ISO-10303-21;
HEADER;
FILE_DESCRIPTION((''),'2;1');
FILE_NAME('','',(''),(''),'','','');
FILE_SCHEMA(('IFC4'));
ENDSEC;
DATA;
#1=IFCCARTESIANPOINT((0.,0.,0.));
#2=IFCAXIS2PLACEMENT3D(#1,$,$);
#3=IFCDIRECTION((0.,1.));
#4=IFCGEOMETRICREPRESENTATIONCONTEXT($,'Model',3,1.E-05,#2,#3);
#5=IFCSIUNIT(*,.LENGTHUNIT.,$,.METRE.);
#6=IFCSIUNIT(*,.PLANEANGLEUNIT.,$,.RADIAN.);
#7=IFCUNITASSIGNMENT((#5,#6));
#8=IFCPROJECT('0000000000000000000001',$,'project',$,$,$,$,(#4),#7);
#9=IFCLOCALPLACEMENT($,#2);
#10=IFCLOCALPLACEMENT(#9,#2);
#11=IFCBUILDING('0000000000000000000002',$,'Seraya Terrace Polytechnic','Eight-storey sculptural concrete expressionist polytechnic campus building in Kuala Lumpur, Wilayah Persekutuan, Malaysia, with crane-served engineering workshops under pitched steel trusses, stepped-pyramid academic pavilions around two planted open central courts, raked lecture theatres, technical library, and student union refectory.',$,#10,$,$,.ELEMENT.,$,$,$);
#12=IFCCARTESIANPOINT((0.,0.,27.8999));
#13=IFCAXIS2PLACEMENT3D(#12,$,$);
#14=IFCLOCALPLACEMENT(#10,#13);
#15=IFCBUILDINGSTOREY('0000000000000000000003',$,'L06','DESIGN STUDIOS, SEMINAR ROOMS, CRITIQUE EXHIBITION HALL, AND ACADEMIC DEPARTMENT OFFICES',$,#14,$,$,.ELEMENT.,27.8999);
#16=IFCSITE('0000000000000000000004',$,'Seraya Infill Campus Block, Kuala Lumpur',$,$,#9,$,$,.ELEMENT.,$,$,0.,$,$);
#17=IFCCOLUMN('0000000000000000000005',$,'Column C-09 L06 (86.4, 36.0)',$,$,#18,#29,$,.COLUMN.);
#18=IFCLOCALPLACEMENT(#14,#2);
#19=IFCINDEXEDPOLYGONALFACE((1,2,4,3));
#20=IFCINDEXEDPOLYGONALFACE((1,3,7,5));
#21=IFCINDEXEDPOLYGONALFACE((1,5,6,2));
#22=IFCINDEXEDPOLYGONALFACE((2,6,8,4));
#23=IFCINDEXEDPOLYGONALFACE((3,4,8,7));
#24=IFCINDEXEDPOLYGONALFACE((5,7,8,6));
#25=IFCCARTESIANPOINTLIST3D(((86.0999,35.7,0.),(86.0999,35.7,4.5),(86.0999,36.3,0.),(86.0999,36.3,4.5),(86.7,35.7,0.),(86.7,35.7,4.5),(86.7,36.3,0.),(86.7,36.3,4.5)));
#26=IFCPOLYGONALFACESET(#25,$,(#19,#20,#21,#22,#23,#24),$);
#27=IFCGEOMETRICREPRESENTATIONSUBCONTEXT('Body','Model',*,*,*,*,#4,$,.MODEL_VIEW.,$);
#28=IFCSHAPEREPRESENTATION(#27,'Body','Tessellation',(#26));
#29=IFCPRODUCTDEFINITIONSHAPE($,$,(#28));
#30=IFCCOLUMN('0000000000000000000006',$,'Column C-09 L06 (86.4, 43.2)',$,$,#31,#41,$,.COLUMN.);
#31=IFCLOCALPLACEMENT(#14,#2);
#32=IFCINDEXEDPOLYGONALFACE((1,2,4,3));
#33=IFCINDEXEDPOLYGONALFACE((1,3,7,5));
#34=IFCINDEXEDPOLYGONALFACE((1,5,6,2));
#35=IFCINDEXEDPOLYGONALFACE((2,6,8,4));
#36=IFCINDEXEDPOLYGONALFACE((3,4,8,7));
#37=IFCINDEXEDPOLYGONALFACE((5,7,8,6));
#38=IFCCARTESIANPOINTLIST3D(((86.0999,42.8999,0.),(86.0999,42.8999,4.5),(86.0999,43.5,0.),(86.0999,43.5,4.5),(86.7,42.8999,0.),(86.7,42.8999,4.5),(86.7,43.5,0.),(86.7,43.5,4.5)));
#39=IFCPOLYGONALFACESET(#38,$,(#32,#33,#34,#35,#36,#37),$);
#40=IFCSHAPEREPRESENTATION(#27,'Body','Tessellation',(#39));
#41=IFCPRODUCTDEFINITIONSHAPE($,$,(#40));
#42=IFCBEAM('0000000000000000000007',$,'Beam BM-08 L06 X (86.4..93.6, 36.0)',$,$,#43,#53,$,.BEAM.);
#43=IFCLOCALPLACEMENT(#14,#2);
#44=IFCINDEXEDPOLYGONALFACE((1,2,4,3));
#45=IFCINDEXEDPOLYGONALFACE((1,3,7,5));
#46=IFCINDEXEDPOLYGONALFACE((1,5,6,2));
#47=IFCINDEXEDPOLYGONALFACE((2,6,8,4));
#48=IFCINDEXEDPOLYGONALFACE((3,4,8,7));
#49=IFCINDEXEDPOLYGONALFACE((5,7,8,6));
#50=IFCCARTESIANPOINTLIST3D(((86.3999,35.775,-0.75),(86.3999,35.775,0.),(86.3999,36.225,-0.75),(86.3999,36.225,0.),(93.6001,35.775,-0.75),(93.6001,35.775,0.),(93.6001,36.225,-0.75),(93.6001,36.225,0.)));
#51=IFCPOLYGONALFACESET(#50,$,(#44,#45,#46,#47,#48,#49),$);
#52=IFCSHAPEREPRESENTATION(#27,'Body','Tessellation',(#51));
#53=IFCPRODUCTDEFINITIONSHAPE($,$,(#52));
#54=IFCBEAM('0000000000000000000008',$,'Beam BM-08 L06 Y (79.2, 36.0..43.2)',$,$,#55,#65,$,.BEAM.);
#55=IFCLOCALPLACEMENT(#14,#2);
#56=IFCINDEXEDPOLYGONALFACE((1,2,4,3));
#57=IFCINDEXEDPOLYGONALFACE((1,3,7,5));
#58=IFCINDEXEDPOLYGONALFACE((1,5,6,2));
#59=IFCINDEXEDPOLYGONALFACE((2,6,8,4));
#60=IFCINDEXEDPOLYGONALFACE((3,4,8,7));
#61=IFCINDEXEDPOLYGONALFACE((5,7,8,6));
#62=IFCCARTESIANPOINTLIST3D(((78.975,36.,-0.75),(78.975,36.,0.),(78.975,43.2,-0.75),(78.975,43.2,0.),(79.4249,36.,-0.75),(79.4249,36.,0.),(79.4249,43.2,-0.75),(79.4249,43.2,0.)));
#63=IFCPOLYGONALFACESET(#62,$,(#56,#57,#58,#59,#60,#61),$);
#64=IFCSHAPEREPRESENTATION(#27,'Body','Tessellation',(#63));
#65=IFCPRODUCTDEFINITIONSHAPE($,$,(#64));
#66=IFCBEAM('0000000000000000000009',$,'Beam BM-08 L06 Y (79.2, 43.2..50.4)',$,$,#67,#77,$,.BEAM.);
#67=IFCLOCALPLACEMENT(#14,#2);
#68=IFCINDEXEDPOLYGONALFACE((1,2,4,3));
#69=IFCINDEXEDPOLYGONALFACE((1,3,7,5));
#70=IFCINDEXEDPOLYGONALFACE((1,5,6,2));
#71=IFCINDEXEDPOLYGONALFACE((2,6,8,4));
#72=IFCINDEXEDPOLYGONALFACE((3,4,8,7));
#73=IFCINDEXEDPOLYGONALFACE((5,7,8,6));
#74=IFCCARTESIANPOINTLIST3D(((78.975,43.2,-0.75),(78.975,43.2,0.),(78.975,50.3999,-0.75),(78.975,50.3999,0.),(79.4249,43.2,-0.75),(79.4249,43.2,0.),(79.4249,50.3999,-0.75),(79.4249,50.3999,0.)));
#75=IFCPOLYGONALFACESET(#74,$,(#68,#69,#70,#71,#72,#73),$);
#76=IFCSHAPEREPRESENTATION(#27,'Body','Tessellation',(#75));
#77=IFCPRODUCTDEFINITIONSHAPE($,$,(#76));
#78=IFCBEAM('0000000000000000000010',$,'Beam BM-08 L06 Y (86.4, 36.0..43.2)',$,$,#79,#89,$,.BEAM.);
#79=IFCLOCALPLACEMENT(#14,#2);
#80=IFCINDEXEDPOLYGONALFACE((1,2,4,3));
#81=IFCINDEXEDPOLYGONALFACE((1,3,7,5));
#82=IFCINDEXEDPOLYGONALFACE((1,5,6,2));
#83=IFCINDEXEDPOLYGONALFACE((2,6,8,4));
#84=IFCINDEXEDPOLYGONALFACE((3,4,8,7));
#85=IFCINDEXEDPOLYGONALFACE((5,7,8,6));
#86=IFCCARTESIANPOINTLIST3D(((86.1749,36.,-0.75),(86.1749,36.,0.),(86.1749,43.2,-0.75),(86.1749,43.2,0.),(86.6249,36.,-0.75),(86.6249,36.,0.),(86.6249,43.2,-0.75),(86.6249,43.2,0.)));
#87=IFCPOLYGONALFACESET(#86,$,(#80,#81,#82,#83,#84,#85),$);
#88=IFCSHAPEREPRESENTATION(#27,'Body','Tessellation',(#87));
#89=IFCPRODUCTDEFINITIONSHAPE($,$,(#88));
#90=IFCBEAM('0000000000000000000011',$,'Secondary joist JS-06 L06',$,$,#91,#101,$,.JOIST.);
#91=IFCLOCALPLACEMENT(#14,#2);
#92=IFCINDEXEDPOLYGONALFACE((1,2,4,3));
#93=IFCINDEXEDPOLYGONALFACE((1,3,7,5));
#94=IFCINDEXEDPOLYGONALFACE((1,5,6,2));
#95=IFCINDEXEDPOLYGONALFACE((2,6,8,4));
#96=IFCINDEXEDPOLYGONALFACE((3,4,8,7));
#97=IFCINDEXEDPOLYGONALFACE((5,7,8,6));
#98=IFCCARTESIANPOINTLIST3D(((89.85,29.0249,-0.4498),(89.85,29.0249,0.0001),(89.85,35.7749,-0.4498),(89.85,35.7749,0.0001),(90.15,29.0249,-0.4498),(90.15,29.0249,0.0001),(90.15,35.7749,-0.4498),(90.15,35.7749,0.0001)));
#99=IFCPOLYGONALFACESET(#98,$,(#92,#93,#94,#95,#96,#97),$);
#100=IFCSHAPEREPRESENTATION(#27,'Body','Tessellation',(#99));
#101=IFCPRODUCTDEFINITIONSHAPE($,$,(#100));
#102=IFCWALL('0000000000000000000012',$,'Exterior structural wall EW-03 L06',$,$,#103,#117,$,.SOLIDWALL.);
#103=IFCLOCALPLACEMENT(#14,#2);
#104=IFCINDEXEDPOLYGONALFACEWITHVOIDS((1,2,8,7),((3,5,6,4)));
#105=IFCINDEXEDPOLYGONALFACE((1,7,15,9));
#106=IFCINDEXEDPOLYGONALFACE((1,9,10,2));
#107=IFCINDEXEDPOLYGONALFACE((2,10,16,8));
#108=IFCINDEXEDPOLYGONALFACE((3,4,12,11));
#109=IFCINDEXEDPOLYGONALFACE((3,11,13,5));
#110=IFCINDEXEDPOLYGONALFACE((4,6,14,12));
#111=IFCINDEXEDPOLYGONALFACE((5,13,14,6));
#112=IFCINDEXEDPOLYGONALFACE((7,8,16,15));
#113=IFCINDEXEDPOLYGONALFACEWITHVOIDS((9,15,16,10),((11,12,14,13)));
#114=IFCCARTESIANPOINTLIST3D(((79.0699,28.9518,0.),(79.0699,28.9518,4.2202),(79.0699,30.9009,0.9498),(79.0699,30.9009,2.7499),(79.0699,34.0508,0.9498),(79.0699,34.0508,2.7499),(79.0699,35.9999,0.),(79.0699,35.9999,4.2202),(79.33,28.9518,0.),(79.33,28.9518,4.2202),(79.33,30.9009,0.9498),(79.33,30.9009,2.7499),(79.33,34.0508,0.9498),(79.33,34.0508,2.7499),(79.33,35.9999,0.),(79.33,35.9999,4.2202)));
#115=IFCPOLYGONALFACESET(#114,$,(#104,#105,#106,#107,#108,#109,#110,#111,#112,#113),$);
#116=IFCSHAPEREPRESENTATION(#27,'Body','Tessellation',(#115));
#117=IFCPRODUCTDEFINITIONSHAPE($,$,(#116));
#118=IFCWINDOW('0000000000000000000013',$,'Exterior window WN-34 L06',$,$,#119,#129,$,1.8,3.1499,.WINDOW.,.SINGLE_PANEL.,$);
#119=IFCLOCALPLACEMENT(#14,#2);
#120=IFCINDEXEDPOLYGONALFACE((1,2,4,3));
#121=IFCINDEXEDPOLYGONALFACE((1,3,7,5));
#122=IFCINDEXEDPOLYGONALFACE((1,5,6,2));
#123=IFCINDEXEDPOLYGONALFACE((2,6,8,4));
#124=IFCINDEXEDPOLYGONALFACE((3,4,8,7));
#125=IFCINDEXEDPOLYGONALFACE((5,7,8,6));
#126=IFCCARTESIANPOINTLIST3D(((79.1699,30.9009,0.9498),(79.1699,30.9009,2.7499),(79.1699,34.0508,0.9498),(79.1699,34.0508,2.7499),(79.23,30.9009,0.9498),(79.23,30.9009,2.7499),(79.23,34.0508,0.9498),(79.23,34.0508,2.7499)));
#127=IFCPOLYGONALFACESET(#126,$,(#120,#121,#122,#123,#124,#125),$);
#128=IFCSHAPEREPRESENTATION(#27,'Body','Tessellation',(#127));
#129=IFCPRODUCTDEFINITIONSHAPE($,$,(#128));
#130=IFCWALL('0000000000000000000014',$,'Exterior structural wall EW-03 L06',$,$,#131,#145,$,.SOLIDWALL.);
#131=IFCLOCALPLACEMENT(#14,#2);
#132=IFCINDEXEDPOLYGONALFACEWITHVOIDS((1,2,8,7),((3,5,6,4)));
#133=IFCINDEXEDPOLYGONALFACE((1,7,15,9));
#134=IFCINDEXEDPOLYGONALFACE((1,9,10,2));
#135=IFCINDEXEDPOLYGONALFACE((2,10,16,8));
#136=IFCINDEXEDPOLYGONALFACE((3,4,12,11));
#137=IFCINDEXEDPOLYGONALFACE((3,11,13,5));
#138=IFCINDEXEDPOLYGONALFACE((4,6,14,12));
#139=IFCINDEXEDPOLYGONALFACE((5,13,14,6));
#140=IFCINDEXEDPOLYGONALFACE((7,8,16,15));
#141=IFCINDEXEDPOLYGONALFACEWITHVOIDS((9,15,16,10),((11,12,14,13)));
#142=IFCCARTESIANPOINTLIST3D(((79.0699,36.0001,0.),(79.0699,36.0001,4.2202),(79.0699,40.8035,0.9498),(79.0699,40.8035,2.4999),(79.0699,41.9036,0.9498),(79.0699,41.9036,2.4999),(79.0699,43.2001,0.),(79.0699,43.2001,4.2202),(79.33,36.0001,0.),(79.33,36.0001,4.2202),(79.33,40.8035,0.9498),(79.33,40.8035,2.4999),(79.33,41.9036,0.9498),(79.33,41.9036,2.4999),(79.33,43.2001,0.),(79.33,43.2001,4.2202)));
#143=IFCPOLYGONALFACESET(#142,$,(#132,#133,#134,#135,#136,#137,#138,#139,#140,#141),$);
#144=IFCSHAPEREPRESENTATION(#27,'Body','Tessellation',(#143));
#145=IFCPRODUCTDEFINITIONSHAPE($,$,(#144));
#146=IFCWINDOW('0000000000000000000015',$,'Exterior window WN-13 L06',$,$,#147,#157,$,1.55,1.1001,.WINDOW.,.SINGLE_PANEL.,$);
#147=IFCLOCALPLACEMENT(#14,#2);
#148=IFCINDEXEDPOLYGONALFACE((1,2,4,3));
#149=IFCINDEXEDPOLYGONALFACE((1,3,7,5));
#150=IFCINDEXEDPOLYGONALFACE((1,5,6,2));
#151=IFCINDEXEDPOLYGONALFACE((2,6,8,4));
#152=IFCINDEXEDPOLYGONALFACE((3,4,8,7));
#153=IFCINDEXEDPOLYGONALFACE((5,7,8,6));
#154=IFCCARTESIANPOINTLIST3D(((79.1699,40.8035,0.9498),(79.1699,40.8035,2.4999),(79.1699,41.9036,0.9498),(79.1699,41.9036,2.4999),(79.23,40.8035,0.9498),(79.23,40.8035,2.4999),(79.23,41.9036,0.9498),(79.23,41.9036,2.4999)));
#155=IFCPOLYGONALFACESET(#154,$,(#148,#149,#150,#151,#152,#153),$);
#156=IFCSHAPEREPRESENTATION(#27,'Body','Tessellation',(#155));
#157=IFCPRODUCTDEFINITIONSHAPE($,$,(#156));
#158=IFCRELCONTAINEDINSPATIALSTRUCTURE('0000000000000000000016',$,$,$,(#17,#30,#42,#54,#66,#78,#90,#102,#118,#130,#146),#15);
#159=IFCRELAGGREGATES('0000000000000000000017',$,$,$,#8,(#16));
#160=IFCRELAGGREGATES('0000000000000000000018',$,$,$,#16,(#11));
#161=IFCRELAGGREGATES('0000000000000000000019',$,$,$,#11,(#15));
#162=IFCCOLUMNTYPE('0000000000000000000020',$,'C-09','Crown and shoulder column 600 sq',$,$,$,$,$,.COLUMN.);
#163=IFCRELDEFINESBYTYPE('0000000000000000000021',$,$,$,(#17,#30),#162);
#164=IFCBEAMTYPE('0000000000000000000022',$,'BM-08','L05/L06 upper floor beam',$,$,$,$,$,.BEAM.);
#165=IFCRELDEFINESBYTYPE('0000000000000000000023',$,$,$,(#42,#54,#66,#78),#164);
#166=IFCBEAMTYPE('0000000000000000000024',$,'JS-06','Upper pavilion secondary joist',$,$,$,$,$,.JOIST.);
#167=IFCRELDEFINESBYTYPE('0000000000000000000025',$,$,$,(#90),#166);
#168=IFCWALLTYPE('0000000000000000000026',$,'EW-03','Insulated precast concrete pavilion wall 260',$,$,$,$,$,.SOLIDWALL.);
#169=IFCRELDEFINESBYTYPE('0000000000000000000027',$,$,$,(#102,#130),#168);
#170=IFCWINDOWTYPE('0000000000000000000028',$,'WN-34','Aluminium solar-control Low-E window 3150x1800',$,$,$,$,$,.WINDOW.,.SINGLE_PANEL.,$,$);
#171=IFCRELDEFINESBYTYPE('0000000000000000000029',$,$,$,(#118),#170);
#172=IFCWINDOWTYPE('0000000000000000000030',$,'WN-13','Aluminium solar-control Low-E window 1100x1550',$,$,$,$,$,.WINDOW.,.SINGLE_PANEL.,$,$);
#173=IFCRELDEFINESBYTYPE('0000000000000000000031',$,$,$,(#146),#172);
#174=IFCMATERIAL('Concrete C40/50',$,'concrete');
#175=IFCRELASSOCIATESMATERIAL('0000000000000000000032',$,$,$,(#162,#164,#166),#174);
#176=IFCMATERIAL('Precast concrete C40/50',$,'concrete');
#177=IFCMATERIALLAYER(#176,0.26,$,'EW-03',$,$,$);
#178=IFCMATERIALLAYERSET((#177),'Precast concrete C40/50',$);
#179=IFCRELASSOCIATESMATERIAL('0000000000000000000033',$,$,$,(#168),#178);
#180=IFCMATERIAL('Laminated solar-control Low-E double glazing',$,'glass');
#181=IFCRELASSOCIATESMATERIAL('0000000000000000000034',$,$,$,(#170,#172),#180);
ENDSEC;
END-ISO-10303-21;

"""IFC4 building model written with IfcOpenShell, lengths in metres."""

from ifc_helpers import new_model, si_unit, direction, frame, frame_2d, origin, origin_2d, place, context, subcontext, project, spatial, rectangle, extrude, material, layer, layer_set, material_profile, profile_set, type_object, element, fill, save


model = new_model("IFC4")

# Units and contexts
model_context = context("Model", 3, precision=1e-05, world=origin(), true_north=direction((0.0, 1.0)))
body_context = subcontext(model_context, "Body", "Model", "MODEL_VIEW")
ifc_project = project(units=[si_unit("LENGTHUNIT", "METRE"), si_unit("PLANEANGLEUNIT", "RADIAN")], contexts=[model_context])

# Site, building, storey
site_placement = place(None, origin())
site = spatial("IfcSite", under=ifc_project, at=site_placement, Name="Seraya Infill Campus Block, Kuala Lumpur", CompositionType="ELEMENT", RefElevation=0.0)
building_placement = place(site_placement, origin())
building = spatial("IfcBuilding", under=site, at=building_placement, Name="Seraya Terrace Polytechnic", Description="Eight-storey sculptural concrete expressionist polytechnic campus building in Kuala Lumpur, Wilayah Persekutuan, Malaysia, with crane-served engineering workshops under pitched steel trusses, stepped-pyramid academic pavilions around two planted open central courts, raked lecture theatres, technical library, and student union refectory.", CompositionType="ELEMENT")
storey_placement = place(building_placement, frame((0.0, 0.0, 27.8999)))
storey = spatial("IfcBuildingStorey", under=building, at=storey_placement, Name="L06", Description="DESIGN STUDIOS, SEMINAR ROOMS, CRITIQUE EXHIBITION HALL, AND ACADEMIC DEPARTMENT OFFICES", CompositionType="ELEMENT", Elevation=27.8999)

# Columns
ifc_material_1 = material(Name="Concrete C40/50", Category="concrete")
ifc_material_profile_1 = material_profile(ifc_material_1, rectangle(XDim=0.6001, YDim=0.6001, at=origin_2d()), Name="RC 600x600")
ifc_profile_set_1 = profile_set([ifc_material_profile_1], Name="Concrete C40/50")
column_type = type_object("IfcColumnType", Name="C-09", Description="Crown and shoulder column 600 sq", PredefinedType="COLUMN", material=ifc_profile_set_1)
for number, where, z_axis, x_axis, name in (
    (1, (86.3999, 36.0, 0.0), (0.0, 0.0, 1.0), (1.0, 0.0, 0.0), "Column C-09 L06 (86.4, 36.0)"),
    (2, (86.3999, 43.2, 0.0), (0.0, 0.0, 1.0), (1.0, 0.0, 0.0), "Column C-09 L06 (86.4, 43.2)"),
):
    element("IfcColumn", number, at=place(storey_placement, frame(where, z_axis=z_axis, x_axis=x_axis)), inside=storey, type_object=column_type, Name=name, PredefinedType="COLUMN", context=body_context, shape_type="SweptSolid", body=[
        extrude(rectangle(XDim=0.6001, YDim=0.6001, at=origin_2d()), origin(), (0.0, 0.0, 1.0), 4.5),
    ])

# Beams
ifc_material_profile_2 = material_profile(ifc_material_1, rectangle(XDim=0.45, YDim=0.75, at=origin_2d()), Name="RC 450x750")
ifc_profile_set_2 = profile_set([ifc_material_profile_2], Name="Concrete C40/50")
beam_type_1 = type_object("IfcBeamType", Name="BM-08", Description="L05/L06 upper floor beam", PredefinedType="BEAM", material=ifc_profile_set_2)
beam_1_placement = place(storey_placement, frame((86.3999, 36.0, -0.375), z_axis=(1.0, 0.0, 0.0), x_axis=(0.0, 1.0, 0.0)))
element("IfcBeam", 3, at=beam_1_placement, inside=storey, type_object=beam_type_1, Name="Beam BM-08 L06 X (86.4..93.6, 36.0)", PredefinedType="BEAM", context=body_context, shape_type="SweptSolid", body=[
    extrude(rectangle(XDim=0.45, YDim=0.75, at=origin_2d()), origin(), (0.0, 0.0, 1.0), 7.2002),
])
for number, where, z_axis, x_axis, name in (
    (4, (79.2, 36.0, -0.375), (0.0, 1.0, 0.0), (-1.0, 0.0, 0.0), "Beam BM-08 L06 Y (79.2, 36.0..43.2)"),
    (5, (79.2, 43.2, -0.375), (0.0, 1.0, 0.0), (-1.0, 0.0, 0.0), "Beam BM-08 L06 Y (79.2, 43.2..50.4)"),
    (6, (86.3999, 36.0, -0.375), (0.0, 1.0, 0.0), (-1.0, 0.0, 0.0), "Beam BM-08 L06 Y (86.4, 36.0..43.2)"),
):
    element("IfcBeam", number, at=place(storey_placement, frame(where, z_axis=z_axis, x_axis=x_axis)), inside=storey, type_object=beam_type_1, Name=name, PredefinedType="BEAM", context=body_context, shape_type="SweptSolid", body=[
        extrude(rectangle(XDim=0.45, YDim=0.75, at=origin_2d()), origin(), (0.0, 0.0, 1.0), 7.2),
    ])
ifc_material_profile_3 = material_profile(ifc_material_1, rectangle(XDim=0.3, YDim=0.45, at=origin_2d()), Name="RC 300x450")
ifc_profile_set_3 = profile_set([ifc_material_profile_3], Name="Concrete C40/50")
beam_type_2 = type_object("IfcBeamType", Name="JS-06", Description="Upper pavilion secondary joist", PredefinedType="JOIST", material=ifc_profile_set_3)
beam_2_placement = place(storey_placement, frame((90.0, 29.0249, -0.2249), z_axis=(0.0, 1.0, 0.0), x_axis=(-1.0, 0.0, 0.0)))
element("IfcBeam", 7, at=beam_2_placement, inside=storey, type_object=beam_type_2, Name="Secondary joist JS-06 L06", PredefinedType="JOIST", context=body_context, shape_type="SweptSolid", body=[
    extrude(rectangle(XDim=0.3, YDim=0.45, at=origin_2d()), origin(), (0.0, 0.0, 1.0), 6.75),
])

# Walls, openings, windows
ifc_material_2 = material(Name="Precast concrete C40/50", Category="concrete")
ifc_layer_1 = layer(ifc_material_2, 0.26, Name="EW-03")
ifc_layer_set_1 = layer_set([ifc_layer_1], Name="Precast concrete C40/50")
wall_type_1 = type_object("IfcWallType", Name="EW-03", Description="Insulated precast concrete pavilion wall 260", PredefinedType="SOLIDWALL", material=ifc_layer_set_1)
wall_1_placement = place(storey_placement, frame((79.2, 28.9519, 0.0), z_axis=(0.0, 0.0, 1.0), x_axis=(0.0, 1.0, 0.0)))
wall_1 = element("IfcWall", 8, at=wall_1_placement, inside=storey, type_object=wall_type_1, Name="Exterior structural wall EW-03 L06", PredefinedType="SOLIDWALL", context=body_context, shape_type="SweptSolid", body=[
    extrude(rectangle(XDim=7.0481, YDim=0.26, at=frame_2d((3.5239, 0.0))), origin(), (0.0, 0.0, 1.0), 4.2202),
])
opening_1_placement = place(wall_1_placement, frame((1.949, 0.0, 0.95)))
opening_1 = element("IfcOpeningElement", 9, at=opening_1_placement, cuts=wall_1, PredefinedType="OPENING", context=body_context, shape_type="SweptSolid", body=[
    extrude(rectangle(XDim=3.1499, YDim=1.8, at=frame_2d((1.575, 0.8999))), frame((0.0, 0.1421, 0.0), z_axis=(0.0, -1.0, 0.0), x_axis=(1.0, 0.0, 0.0)), (0.0, 0.0, 1.0), 0.2839),
])
ifc_material_3 = material(Name="Laminated solar-control Low-E double glazing", Category="glass")
window_type_1 = type_object("IfcWindowType", Name="WN-34", Description="Aluminium solar-control Low-E window 3150x1800", PartitioningType="SINGLE_PANEL", PredefinedType="WINDOW", material=ifc_material_3)
window_1_placement = place(opening_1_placement, origin())
window_1 = element("IfcWindow", 10, at=window_1_placement, inside=storey, type_object=window_type_1, Name="Exterior window WN-34 L06", OverallHeight=1.8, OverallWidth=3.1499, PartitioningType="SINGLE_PANEL", PredefinedType="WINDOW", context=body_context, shape_type="SweptSolid", body=[
    extrude(rectangle(XDim=3.1499, YDim=1.8, at=frame_2d((1.575, 0.8999))), frame((0.0, 0.03, 0.0), z_axis=(0.0, -1.0, 0.0), x_axis=(1.0, 0.0, 0.0)), (0.0, 0.0, 1.0), 0.0601),
])
fill(opening_1, window_1)
wall_2_placement = place(storey_placement, frame((79.2, 36.0, 0.0), z_axis=(0.0, 0.0, 1.0), x_axis=(0.0, 1.0, 0.0)))
wall_2 = element("IfcWall", 11, at=wall_2_placement, inside=storey, type_object=wall_type_1, Name="Exterior structural wall EW-03 L06", PredefinedType="SOLIDWALL", context=body_context, shape_type="SweptSolid", body=[
    extrude(rectangle(XDim=7.2, YDim=0.26, at=frame_2d((3.6001, 0.0))), origin(), (0.0, 0.0, 1.0), 4.2202),
])
opening_2_placement = place(wall_2_placement, frame((4.8035, 0.0, 0.95)))
opening_2 = element("IfcOpeningElement", 12, at=opening_2_placement, cuts=wall_2, PredefinedType="OPENING", context=body_context, shape_type="SweptSolid", body=[
    extrude(rectangle(XDim=1.1001, YDim=1.55, at=frame_2d((0.55, 0.7749))), frame((0.0, 0.1421, 0.0), z_axis=(0.0, -1.0, 0.0), x_axis=(1.0, 0.0, 0.0)), (0.0, 0.0, 1.0), 0.2839),
])
window_type_2 = type_object("IfcWindowType", Name="WN-13", Description="Aluminium solar-control Low-E window 1100x1550", PartitioningType="SINGLE_PANEL", PredefinedType="WINDOW", material=ifc_material_3)
window_2_placement = place(opening_2_placement, origin())
window_2 = element("IfcWindow", 13, at=window_2_placement, inside=storey, type_object=window_type_2, Name="Exterior window WN-13 L06", OverallHeight=1.55, OverallWidth=1.1001, PartitioningType="SINGLE_PANEL", PredefinedType="WINDOW", context=body_context, shape_type="SweptSolid", body=[
    extrude(rectangle(XDim=1.1001, YDim=1.55, at=frame_2d((0.55, 0.7749))), frame((0.0, 0.03, 0.0), z_axis=(0.0, -1.0, 0.0), x_axis=(1.0, 0.0, 0.0)), (0.0, 0.0, 1.0), 0.0601),
])
fill(opening_2, window_2)

save(model, "model.ifc")
